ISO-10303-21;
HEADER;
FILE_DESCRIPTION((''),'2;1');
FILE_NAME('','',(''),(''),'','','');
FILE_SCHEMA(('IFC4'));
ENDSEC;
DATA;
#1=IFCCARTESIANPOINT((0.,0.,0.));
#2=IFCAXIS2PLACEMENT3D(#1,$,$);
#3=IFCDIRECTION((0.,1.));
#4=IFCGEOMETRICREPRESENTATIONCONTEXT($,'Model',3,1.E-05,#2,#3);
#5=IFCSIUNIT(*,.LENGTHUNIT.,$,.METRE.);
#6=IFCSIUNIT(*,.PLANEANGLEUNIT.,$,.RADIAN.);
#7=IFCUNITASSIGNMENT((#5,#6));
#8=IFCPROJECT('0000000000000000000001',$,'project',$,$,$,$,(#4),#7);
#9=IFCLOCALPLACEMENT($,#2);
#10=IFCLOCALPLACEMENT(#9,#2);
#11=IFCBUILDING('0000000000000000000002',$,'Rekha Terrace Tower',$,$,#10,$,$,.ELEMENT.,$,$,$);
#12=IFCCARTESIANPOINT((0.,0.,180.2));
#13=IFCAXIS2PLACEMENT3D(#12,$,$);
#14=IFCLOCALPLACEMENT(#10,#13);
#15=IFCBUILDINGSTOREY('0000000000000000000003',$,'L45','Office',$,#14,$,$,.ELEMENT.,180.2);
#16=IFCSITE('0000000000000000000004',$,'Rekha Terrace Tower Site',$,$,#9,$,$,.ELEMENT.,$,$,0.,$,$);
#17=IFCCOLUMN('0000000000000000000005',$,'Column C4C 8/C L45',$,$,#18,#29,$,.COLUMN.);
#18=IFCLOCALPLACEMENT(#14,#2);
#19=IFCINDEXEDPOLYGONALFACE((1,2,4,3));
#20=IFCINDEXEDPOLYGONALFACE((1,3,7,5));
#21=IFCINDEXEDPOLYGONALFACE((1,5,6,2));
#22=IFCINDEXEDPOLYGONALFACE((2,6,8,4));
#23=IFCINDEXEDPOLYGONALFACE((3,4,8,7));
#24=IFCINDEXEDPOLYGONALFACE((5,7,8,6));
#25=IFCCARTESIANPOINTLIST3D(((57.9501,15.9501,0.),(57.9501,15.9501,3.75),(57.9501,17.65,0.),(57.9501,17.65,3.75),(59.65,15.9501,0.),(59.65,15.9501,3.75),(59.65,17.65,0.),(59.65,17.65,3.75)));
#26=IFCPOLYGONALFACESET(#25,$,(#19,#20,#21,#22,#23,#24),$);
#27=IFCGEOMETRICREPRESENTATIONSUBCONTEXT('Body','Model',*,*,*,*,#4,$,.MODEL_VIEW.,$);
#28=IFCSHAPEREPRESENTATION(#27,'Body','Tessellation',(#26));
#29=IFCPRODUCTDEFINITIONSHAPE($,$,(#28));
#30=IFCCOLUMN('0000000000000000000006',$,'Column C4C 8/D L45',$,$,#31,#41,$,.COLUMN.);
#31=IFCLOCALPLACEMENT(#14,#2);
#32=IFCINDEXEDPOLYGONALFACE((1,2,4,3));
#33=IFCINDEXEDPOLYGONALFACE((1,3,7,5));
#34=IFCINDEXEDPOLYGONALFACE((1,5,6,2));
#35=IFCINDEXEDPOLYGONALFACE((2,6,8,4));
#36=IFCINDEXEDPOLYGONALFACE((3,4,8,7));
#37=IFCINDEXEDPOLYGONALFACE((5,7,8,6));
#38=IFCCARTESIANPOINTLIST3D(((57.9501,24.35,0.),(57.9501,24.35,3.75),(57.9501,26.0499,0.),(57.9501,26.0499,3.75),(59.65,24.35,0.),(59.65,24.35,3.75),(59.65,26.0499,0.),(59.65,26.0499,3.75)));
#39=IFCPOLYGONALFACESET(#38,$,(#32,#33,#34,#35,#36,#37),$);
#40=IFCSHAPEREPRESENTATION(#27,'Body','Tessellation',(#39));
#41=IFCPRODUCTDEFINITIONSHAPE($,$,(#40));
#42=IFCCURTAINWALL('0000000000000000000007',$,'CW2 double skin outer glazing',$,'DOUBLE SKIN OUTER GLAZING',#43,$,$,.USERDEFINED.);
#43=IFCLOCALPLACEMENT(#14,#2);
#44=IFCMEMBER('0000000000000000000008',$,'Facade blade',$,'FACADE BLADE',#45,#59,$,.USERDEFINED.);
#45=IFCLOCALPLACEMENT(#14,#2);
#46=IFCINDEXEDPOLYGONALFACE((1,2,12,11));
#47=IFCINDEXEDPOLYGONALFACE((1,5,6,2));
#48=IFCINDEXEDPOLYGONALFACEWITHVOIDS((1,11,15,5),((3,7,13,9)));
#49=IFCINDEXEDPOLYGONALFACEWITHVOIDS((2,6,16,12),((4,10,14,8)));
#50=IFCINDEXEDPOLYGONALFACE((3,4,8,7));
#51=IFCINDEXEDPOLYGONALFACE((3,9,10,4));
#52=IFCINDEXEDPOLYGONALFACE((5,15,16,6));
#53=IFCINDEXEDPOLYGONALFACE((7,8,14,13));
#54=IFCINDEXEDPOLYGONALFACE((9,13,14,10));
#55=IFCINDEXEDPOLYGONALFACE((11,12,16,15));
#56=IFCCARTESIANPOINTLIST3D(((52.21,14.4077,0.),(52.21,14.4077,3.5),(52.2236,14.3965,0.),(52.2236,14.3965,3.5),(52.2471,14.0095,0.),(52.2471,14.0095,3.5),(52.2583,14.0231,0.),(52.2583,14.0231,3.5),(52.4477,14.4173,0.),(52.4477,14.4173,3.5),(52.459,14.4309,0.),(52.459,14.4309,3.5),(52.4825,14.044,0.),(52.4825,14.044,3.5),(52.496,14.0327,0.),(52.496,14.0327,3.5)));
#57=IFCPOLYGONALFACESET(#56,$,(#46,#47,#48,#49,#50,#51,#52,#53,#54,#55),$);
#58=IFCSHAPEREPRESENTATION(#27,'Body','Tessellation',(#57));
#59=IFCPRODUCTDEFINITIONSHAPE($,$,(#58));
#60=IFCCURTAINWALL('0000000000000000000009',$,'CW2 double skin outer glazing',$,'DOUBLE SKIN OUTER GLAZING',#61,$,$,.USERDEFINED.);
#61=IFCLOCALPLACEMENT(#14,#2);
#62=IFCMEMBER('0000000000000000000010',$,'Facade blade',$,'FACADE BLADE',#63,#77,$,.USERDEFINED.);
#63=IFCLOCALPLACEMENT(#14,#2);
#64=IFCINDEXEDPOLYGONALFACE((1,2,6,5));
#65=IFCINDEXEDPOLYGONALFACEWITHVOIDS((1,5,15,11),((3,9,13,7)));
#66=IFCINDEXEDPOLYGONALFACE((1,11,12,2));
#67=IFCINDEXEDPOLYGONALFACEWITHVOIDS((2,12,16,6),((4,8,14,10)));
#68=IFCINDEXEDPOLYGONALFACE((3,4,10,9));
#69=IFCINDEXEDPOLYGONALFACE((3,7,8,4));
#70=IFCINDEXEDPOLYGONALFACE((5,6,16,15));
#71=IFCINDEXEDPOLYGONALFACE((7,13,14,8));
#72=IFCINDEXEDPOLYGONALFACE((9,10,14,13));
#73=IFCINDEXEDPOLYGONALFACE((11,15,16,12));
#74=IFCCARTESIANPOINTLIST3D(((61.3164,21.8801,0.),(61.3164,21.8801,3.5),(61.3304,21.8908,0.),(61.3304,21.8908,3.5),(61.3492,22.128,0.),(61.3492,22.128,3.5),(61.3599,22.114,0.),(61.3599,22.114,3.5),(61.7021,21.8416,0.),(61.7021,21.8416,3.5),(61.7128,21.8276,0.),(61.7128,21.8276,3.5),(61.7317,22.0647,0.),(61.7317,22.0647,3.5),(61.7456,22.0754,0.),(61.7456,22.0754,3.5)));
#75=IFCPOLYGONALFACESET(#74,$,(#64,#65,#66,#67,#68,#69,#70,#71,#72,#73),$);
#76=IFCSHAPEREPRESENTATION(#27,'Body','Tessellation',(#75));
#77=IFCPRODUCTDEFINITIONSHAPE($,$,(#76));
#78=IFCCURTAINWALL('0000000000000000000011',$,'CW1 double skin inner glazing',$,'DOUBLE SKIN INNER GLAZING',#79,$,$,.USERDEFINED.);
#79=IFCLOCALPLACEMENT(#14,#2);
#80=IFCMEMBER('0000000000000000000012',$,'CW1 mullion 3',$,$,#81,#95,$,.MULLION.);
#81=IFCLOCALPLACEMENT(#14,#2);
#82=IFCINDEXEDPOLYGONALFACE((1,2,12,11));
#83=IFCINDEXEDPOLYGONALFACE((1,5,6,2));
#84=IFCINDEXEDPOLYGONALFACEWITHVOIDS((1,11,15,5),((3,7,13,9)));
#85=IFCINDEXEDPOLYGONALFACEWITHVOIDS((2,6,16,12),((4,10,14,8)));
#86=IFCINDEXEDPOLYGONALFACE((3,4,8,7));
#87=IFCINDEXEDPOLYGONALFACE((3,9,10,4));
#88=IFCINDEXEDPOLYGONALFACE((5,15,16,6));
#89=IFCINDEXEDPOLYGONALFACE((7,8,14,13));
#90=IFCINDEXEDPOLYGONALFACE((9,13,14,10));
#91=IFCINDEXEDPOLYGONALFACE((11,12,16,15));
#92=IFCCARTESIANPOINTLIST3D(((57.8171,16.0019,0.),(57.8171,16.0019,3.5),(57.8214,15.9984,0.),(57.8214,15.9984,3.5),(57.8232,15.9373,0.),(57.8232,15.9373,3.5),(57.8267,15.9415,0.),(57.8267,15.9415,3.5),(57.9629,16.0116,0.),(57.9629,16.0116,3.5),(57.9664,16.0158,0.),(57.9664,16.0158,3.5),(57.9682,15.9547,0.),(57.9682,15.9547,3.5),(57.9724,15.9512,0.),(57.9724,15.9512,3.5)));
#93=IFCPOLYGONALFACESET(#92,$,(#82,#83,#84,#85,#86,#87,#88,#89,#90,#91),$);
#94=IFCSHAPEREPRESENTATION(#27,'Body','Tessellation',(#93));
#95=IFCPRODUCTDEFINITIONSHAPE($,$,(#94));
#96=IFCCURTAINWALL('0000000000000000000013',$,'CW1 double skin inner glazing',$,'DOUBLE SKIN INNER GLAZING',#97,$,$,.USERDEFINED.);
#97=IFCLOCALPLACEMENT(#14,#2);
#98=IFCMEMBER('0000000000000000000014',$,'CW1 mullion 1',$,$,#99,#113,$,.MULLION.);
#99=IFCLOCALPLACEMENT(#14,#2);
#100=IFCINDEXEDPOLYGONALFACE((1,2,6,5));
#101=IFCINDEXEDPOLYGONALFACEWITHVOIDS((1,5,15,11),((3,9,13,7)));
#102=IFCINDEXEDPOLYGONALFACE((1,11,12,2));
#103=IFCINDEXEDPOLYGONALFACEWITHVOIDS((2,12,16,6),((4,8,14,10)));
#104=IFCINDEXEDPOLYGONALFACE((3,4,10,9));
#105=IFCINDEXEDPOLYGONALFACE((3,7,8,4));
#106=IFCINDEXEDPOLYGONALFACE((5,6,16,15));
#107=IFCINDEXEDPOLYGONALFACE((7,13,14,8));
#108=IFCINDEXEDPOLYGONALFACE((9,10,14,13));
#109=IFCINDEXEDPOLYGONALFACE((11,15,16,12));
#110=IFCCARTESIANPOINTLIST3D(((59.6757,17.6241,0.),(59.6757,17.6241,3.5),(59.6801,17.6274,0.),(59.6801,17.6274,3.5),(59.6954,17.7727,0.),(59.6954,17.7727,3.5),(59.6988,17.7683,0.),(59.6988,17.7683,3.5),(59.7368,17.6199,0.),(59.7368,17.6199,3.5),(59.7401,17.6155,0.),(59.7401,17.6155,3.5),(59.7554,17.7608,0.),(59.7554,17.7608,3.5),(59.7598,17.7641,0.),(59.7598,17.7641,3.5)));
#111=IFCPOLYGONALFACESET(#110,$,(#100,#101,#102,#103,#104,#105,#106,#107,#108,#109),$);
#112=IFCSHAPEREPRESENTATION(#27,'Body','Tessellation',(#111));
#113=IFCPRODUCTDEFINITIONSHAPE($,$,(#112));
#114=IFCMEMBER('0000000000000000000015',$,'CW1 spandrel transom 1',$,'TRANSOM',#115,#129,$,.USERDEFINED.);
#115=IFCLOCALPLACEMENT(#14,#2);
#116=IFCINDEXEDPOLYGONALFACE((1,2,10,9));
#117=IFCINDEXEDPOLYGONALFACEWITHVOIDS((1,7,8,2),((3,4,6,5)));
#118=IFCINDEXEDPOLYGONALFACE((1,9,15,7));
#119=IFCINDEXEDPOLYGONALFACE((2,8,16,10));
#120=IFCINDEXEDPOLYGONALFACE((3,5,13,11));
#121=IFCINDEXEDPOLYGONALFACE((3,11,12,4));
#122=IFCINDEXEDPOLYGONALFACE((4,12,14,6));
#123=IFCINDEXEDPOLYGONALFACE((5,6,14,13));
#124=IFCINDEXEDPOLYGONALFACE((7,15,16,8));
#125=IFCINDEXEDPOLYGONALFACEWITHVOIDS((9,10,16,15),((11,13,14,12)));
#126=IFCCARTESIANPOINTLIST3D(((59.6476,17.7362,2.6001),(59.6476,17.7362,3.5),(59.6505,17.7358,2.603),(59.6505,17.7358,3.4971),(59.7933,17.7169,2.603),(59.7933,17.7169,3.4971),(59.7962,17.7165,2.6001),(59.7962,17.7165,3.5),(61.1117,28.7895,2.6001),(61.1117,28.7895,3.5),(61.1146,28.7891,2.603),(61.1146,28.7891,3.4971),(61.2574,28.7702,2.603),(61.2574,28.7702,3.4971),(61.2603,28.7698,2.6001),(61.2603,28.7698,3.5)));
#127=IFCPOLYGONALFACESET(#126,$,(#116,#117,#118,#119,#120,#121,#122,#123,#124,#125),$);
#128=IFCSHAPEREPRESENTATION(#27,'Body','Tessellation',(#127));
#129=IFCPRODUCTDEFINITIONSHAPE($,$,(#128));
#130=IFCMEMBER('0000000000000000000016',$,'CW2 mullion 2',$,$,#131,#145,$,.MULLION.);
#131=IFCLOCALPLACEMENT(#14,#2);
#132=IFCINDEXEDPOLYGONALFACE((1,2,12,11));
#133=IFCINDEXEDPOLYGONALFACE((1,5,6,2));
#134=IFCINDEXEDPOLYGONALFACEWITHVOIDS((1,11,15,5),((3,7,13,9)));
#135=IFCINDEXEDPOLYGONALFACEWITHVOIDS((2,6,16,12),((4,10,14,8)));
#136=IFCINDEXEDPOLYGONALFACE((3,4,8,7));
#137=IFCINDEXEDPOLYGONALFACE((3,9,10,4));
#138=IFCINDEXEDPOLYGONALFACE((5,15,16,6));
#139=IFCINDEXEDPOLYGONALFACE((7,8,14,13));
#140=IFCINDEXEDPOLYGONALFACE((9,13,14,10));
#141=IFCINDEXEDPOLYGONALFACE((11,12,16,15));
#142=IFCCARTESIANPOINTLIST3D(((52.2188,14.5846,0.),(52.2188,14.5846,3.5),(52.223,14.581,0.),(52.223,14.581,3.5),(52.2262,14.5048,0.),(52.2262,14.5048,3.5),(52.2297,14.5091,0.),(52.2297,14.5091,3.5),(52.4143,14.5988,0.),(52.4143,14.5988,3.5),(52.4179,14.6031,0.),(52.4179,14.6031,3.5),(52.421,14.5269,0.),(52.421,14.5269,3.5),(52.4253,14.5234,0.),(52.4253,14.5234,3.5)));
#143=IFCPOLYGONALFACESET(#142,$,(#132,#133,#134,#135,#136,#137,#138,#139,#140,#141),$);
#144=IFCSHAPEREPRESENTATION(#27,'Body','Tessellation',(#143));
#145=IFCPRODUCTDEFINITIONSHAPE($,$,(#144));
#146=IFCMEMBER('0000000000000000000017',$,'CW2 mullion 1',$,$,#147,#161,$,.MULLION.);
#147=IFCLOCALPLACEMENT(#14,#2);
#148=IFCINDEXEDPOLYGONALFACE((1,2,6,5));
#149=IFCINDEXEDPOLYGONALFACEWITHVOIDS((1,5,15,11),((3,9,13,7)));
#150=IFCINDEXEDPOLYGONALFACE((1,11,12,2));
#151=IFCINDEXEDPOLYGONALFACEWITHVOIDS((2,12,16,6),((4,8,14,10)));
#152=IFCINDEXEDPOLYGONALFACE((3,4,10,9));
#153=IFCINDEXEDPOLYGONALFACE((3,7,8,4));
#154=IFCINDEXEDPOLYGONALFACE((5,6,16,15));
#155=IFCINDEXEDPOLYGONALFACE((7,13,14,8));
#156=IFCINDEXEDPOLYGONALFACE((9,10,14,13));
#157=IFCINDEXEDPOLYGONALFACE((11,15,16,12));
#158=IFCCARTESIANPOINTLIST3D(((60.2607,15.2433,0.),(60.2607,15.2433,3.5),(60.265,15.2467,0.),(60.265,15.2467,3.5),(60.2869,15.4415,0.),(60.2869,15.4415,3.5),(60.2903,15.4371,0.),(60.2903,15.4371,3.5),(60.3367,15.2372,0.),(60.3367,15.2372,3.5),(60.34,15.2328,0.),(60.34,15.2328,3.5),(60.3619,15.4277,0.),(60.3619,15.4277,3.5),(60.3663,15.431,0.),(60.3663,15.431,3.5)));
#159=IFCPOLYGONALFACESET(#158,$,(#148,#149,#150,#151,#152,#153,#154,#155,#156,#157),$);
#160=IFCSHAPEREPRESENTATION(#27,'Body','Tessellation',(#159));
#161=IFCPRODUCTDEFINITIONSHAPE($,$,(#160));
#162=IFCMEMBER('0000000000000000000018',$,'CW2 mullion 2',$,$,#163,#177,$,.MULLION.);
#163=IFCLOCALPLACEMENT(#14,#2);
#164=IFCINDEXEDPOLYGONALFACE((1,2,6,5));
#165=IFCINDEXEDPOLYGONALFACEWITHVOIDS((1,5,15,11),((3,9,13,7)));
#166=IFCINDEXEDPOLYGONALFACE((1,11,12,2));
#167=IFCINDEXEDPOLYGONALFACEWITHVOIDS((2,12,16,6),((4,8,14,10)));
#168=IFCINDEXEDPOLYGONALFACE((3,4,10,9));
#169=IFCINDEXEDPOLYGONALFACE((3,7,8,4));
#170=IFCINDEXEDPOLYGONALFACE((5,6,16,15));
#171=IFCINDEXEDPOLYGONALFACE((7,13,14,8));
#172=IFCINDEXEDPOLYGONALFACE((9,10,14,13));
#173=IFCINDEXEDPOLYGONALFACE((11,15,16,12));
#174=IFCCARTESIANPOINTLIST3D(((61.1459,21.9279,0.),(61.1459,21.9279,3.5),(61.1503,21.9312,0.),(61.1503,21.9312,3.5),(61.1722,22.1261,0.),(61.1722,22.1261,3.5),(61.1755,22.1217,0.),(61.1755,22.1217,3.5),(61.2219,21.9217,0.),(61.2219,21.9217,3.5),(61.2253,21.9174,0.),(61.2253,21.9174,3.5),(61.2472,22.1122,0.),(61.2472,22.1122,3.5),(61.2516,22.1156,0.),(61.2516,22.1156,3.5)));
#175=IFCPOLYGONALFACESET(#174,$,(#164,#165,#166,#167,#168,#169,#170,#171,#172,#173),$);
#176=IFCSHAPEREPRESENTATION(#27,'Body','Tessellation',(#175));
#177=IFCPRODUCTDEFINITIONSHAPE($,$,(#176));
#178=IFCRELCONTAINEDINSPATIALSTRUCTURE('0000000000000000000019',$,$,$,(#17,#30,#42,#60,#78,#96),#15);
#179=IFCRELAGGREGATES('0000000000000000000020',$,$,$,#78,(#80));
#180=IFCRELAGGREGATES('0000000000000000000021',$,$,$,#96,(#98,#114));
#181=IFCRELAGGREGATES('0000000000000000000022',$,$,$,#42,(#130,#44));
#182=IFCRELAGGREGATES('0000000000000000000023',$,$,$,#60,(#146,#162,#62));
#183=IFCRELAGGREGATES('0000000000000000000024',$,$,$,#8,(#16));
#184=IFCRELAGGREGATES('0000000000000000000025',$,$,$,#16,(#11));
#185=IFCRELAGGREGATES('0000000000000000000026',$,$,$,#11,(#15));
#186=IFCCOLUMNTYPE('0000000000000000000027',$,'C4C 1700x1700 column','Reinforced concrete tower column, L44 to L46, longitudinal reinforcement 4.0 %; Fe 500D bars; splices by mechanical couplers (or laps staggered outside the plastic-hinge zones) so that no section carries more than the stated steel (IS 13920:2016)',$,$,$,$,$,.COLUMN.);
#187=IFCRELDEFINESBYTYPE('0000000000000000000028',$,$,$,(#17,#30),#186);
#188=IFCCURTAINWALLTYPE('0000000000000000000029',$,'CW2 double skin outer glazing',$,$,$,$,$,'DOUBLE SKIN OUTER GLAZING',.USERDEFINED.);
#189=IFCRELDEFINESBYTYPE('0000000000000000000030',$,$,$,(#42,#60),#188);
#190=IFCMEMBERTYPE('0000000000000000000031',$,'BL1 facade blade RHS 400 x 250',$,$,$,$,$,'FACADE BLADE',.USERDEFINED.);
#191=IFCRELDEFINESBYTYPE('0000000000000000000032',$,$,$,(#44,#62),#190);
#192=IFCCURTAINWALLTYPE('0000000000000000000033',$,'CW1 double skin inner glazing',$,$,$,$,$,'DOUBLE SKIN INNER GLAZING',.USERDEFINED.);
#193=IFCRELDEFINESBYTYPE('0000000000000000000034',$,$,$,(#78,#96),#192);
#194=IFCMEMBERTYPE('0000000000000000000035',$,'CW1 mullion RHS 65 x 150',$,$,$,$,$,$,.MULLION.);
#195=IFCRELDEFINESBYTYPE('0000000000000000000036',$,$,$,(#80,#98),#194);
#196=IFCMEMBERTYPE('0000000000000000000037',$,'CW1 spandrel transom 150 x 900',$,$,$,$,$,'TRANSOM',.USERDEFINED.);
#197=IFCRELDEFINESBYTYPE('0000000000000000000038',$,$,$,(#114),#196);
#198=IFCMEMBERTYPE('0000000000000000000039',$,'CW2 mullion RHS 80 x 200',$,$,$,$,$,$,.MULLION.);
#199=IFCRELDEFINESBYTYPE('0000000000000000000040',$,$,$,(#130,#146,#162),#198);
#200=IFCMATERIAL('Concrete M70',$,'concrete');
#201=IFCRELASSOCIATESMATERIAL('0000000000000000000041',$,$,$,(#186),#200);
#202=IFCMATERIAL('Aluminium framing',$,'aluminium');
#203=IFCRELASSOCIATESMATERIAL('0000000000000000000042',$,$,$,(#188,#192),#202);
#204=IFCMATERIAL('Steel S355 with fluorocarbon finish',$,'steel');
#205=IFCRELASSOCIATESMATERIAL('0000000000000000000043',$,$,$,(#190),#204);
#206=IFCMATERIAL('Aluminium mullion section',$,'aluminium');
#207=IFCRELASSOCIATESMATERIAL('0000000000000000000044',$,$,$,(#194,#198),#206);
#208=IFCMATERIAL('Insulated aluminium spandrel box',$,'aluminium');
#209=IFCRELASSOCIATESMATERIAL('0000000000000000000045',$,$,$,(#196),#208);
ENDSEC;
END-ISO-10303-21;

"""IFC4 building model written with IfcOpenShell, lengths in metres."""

from ifc_helpers import new_model, si_unit, direction, frame, origin, origin_2d, place, context, subcontext, project, spatial, rectangle, hollow_rectangle, extrude, material, material_profile, profile_set, type_object, element, aggregate, save


model = new_model("IFC4")

# Units and contexts
model_context = context("Model", 3, precision=1e-05, world=origin(), true_north=direction((0.0, 1.0)))
body_context = subcontext(model_context, "Body", "Model", "MODEL_VIEW")
ifc_project = project(units=[si_unit("LENGTHUNIT", "METRE"), si_unit("PLANEANGLEUNIT", "RADIAN")], contexts=[model_context])

# Site, building, storey
site_placement = place(None, origin())
site = spatial("IfcSite", under=ifc_project, at=site_placement, Name="Rekha Terrace Tower Site", CompositionType="ELEMENT", RefElevation=0.0)
building_placement = place(site_placement, origin())
building = spatial("IfcBuilding", under=site, at=building_placement, Name="Rekha Terrace Tower", CompositionType="ELEMENT")
storey_placement = place(building_placement, frame((0.0, 0.0, 180.2)))
storey = spatial("IfcBuildingStorey", under=building, at=storey_placement, Name="L45", Description="Office", CompositionType="ELEMENT", Elevation=180.2)

# Columns
ifc_material_1 = material(Name="Concrete M70", Category="concrete")
ifc_material_profile_1 = material_profile(ifc_material_1, rectangle(XDim=1.7, YDim=1.7, at=origin_2d()), Name="RC 1700x1700")
ifc_profile_set_1 = profile_set([ifc_material_profile_1], Name="Concrete M70")
column_type = type_object("IfcColumnType", Name="C4C 1700x1700 column", Description="Reinforced concrete tower column, L44 to L46, longitudinal reinforcement 4.0 %; Fe 500D bars; splices by mechanical couplers (or laps staggered outside the plastic-hinge zones) so that no section carries more than the stated steel (IS 13920:2016)", PredefinedType="COLUMN", material=ifc_profile_set_1)
for number, where, z_axis, x_axis, name in (
    (1, (58.8, 16.8, 0.0), (0.0, 0.0, 1.0), (1.0, 0.0, 0.0), "Column C4C 8/C L45"),
    (2, (58.8, 25.2, 0.0), (0.0, 0.0, 1.0), (1.0, 0.0, 0.0), "Column C4C 8/D L45"),
):
    element("IfcColumn", number, at=place(storey_placement, frame(where, z_axis=z_axis, x_axis=x_axis)), inside=storey, type_object=column_type, Name=name, PredefinedType="COLUMN", context=body_context, shape_type="SweptSolid", body=[
        extrude(rectangle(XDim=1.7, YDim=1.7, at=origin_2d()), origin(), (0.0, 0.0, 1.0), 3.75),
    ])

# Curtain walls, members
ifc_material_2 = material(Name="Aluminium framing", Category="aluminium")
curtain_wall_type_1 = type_object("IfcCurtainWallType", Name="CW2 double skin outer glazing", ElementType="DOUBLE SKIN OUTER GLAZING", PredefinedType="USERDEFINED", material=ifc_material_2)
curtain_wall_1_placement = place(storey_placement, origin())
curtain_wall_1 = element("IfcCurtainWall", 3, at=curtain_wall_1_placement, inside=storey, type_object=curtain_wall_type_1, Name="CW2 double skin outer glazing", ObjectType="DOUBLE SKIN OUTER GLAZING", PredefinedType="USERDEFINED")
ifc_material_3 = material(Name="Steel S355 with fluorocarbon finish", Category="steel")
ifc_material_profile_2 = material_profile(ifc_material_3, hollow_rectangle(XDim=0.25, YDim=0.3999, WallThickness=0.0125, at=origin_2d()), Name="RHS400x250x12.5")
ifc_profile_set_2 = profile_set([ifc_material_profile_2], Name="Steel S355 with fluorocarbon finish")
member_type_1 = type_object("IfcMemberType", Name="BL1 facade blade RHS 400 x 250", ElementType="FACADE BLADE", PredefinedType="USERDEFINED", material=ifc_profile_set_2)
member_1_placement = place(storey_placement, frame((52.353, 14.2202, 0.0), z_axis=(0.0, 0.0, 1.0), x_axis=(0.995693, 0.092709, 0.0)))
member_1 = element("IfcMember", 4, at=member_1_placement, type_object=member_type_1, Name="Facade blade", ObjectType="FACADE BLADE", PredefinedType="USERDEFINED", context=body_context, shape_type="SweptSolid", body=[
    extrude(hollow_rectangle(XDim=0.25, YDim=0.3999, WallThickness=0.0125, at=origin_2d()), origin(), (0.0, 0.0, 1.0), 3.5),
])
curtain_wall_2_placement = place(storey_placement, origin())
curtain_wall_2 = element("IfcCurtainWall", 5, at=curtain_wall_2_placement, inside=storey, type_object=curtain_wall_type_1, Name="CW2 double skin outer glazing", ObjectType="DOUBLE SKIN OUTER GLAZING", PredefinedType="USERDEFINED")
member_2_placement = place(storey_placement, frame((61.531, 21.9778, 0.0), z_axis=(0.0, 0.0, 1.0), x_axis=(0.131303, 0.991342, 0.0)))
member_2 = element("IfcMember", 6, at=member_2_placement, type_object=member_type_1, Name="Facade blade", ObjectType="FACADE BLADE", PredefinedType="USERDEFINED", context=body_context, shape_type="SweptSolid", body=[
    extrude(hollow_rectangle(XDim=0.25, YDim=0.3999, WallThickness=0.0125, at=origin_2d()), origin(), (0.0, 0.0, 1.0), 3.5),
])
curtain_wall_type_2 = type_object("IfcCurtainWallType", Name="CW1 double skin inner glazing", ElementType="DOUBLE SKIN INNER GLAZING", PredefinedType="USERDEFINED", material=ifc_material_2)
curtain_wall_3_placement = place(storey_placement, origin())
curtain_wall_3 = element("IfcCurtainWall", 7, at=curtain_wall_3_placement, inside=storey, type_object=curtain_wall_type_2, Name="CW1 double skin inner glazing", ObjectType="DOUBLE SKIN INNER GLAZING", PredefinedType="USERDEFINED")
ifc_material_4 = material(Name="Aluminium mullion section", Category="aluminium")
ifc_material_profile_3 = material_profile(ifc_material_4, hollow_rectangle(XDim=0.0649, YDim=0.1499, WallThickness=0.0039, at=origin_2d()), Name="AL RHS 65x150")
ifc_profile_set_3 = profile_set([ifc_material_profile_3], Name="Aluminium mullion section")
member_type_2 = type_object("IfcMemberType", Name="CW1 mullion RHS 65 x 150", PredefinedType="MULLION", material=ifc_profile_set_3)
member_3_placement = place(storey_placement, frame((57.8948, 15.9766, 0.0), z_axis=(0.0, 0.0, 1.0), x_axis=(-0.092709, 0.995693, 0.0)))
member_3 = element("IfcMember", 8, at=member_3_placement, type_object=member_type_2, Name="CW1 mullion 3", PredefinedType="MULLION", context=body_context, shape_type="SweptSolid", body=[
    extrude(hollow_rectangle(XDim=0.0649, YDim=0.1499, WallThickness=0.0039, at=origin_2d()), origin(), (0.0, 0.0, 1.0), 3.5),
])

# Curtain wall, members
curtain_wall_4_placement = place(storey_placement, origin())
curtain_wall_4 = element("IfcCurtainWall", 9, at=curtain_wall_4_placement, inside=storey, type_object=curtain_wall_type_2, Name="CW1 double skin inner glazing", ObjectType="DOUBLE SKIN INNER GLAZING", PredefinedType="USERDEFINED")
member_4_placement = place(storey_placement, frame((59.7178, 17.6941, 0.0), z_axis=(0.0, 0.0, 1.0), x_axis=(-0.991342, 0.131304, 0.0)))
member_4 = element("IfcMember", 10, at=member_4_placement, type_object=member_type_2, Name="CW1 mullion 1", PredefinedType="MULLION", context=body_context, shape_type="SweptSolid", body=[
    extrude(hollow_rectangle(XDim=0.0649, YDim=0.1499, WallThickness=0.0039, at=origin_2d()), origin(), (0.0, 0.0, 1.0), 3.5),
])
ifc_material_5 = material(Name="Insulated aluminium spandrel box", Category="aluminium")
ifc_material_profile_4 = material_profile(ifc_material_5, hollow_rectangle(XDim=0.1499, YDim=0.8999, WallThickness=0.0029, at=origin_2d()), Name="AL SPANDREL BOX 150x900")
ifc_profile_set_4 = profile_set([ifc_material_profile_4], Name="Insulated aluminium spandrel box")
member_type_3 = type_object("IfcMemberType", Name="CW1 spandrel transom 150 x 900", ElementType="TRANSOM", PredefinedType="USERDEFINED", material=ifc_profile_set_4)
member_5_placement = place(storey_placement, frame((59.7219, 17.7263, 3.05), z_axis=(0.13131, 0.991341, 0.0), x_axis=(-0.991341, 0.13131, 0.0)))
member_5 = element("IfcMember", 11, at=member_5_placement, type_object=member_type_3, Name="CW1 spandrel transom 1", ObjectType="TRANSOM", PredefinedType="USERDEFINED", context=body_context, shape_type="SweptSolid", body=[
    extrude(hollow_rectangle(XDim=0.1499, YDim=0.8999, WallThickness=0.0029, at=origin_2d()), origin(), (0.0, 0.0, 1.0), 11.1499),
])

# Members
ifc_material_profile_5 = material_profile(ifc_material_4, hollow_rectangle(XDim=0.0801, YDim=0.2, WallThickness=0.0039, at=origin_2d()), Name="AL RHS 80x200")
ifc_profile_set_5 = profile_set([ifc_material_profile_5], Name="Aluminium mullion section")
member_type_4 = type_object("IfcMemberType", Name="CW2 mullion RHS 80 x 200", PredefinedType="MULLION", material=ifc_profile_set_5)
member_6_placement = place(storey_placement, frame((52.322, 14.554, 0.0), z_axis=(0.0, 0.0, 1.0), x_axis=(-0.092709, 0.995693, 0.0)))
member_6 = element("IfcMember", 12, at=member_6_placement, type_object=member_type_4, Name="CW2 mullion 2", PredefinedType="MULLION", context=body_context, shape_type="SweptSolid", body=[
    extrude(hollow_rectangle(XDim=0.0801, YDim=0.2, WallThickness=0.0039, at=origin_2d()), origin(), (0.0, 0.0, 1.0), 3.5),
])
member_7_placement = place(storey_placement, frame((60.3135, 15.3372, 0.0), z_axis=(0.0, 0.0, 1.0), x_axis=(-0.991342, 0.131304, 0.0)))
member_7 = element("IfcMember", 13, at=member_7_placement, type_object=member_type_4, Name="CW2 mullion 1", PredefinedType="MULLION", context=body_context, shape_type="SweptSolid", body=[
    extrude(hollow_rectangle(XDim=0.0801, YDim=0.2, WallThickness=0.0039, at=origin_2d()), origin(), (0.0, 0.0, 1.0), 3.5),
])
member_8_placement = place(storey_placement, frame((61.1987, 22.0217, 0.0), z_axis=(0.0, 0.0, 1.0), x_axis=(-0.991342, 0.131304, 0.0)))
member_8 = element("IfcMember", 14, at=member_8_placement, type_object=member_type_4, Name="CW2 mullion 2", PredefinedType="MULLION", context=body_context, shape_type="SweptSolid", body=[
    extrude(hollow_rectangle(XDim=0.0801, YDim=0.2, WallThickness=0.0039, at=origin_2d()), origin(), (0.0, 0.0, 1.0), 3.5),
])

aggregate(curtain_wall_3, [member_3])
aggregate(curtain_wall_4, [member_4, member_5])
aggregate(curtain_wall_1, [member_6, member_1])
aggregate(curtain_wall_2, [member_7, member_8, member_2])

save(model, "model.ifc")
